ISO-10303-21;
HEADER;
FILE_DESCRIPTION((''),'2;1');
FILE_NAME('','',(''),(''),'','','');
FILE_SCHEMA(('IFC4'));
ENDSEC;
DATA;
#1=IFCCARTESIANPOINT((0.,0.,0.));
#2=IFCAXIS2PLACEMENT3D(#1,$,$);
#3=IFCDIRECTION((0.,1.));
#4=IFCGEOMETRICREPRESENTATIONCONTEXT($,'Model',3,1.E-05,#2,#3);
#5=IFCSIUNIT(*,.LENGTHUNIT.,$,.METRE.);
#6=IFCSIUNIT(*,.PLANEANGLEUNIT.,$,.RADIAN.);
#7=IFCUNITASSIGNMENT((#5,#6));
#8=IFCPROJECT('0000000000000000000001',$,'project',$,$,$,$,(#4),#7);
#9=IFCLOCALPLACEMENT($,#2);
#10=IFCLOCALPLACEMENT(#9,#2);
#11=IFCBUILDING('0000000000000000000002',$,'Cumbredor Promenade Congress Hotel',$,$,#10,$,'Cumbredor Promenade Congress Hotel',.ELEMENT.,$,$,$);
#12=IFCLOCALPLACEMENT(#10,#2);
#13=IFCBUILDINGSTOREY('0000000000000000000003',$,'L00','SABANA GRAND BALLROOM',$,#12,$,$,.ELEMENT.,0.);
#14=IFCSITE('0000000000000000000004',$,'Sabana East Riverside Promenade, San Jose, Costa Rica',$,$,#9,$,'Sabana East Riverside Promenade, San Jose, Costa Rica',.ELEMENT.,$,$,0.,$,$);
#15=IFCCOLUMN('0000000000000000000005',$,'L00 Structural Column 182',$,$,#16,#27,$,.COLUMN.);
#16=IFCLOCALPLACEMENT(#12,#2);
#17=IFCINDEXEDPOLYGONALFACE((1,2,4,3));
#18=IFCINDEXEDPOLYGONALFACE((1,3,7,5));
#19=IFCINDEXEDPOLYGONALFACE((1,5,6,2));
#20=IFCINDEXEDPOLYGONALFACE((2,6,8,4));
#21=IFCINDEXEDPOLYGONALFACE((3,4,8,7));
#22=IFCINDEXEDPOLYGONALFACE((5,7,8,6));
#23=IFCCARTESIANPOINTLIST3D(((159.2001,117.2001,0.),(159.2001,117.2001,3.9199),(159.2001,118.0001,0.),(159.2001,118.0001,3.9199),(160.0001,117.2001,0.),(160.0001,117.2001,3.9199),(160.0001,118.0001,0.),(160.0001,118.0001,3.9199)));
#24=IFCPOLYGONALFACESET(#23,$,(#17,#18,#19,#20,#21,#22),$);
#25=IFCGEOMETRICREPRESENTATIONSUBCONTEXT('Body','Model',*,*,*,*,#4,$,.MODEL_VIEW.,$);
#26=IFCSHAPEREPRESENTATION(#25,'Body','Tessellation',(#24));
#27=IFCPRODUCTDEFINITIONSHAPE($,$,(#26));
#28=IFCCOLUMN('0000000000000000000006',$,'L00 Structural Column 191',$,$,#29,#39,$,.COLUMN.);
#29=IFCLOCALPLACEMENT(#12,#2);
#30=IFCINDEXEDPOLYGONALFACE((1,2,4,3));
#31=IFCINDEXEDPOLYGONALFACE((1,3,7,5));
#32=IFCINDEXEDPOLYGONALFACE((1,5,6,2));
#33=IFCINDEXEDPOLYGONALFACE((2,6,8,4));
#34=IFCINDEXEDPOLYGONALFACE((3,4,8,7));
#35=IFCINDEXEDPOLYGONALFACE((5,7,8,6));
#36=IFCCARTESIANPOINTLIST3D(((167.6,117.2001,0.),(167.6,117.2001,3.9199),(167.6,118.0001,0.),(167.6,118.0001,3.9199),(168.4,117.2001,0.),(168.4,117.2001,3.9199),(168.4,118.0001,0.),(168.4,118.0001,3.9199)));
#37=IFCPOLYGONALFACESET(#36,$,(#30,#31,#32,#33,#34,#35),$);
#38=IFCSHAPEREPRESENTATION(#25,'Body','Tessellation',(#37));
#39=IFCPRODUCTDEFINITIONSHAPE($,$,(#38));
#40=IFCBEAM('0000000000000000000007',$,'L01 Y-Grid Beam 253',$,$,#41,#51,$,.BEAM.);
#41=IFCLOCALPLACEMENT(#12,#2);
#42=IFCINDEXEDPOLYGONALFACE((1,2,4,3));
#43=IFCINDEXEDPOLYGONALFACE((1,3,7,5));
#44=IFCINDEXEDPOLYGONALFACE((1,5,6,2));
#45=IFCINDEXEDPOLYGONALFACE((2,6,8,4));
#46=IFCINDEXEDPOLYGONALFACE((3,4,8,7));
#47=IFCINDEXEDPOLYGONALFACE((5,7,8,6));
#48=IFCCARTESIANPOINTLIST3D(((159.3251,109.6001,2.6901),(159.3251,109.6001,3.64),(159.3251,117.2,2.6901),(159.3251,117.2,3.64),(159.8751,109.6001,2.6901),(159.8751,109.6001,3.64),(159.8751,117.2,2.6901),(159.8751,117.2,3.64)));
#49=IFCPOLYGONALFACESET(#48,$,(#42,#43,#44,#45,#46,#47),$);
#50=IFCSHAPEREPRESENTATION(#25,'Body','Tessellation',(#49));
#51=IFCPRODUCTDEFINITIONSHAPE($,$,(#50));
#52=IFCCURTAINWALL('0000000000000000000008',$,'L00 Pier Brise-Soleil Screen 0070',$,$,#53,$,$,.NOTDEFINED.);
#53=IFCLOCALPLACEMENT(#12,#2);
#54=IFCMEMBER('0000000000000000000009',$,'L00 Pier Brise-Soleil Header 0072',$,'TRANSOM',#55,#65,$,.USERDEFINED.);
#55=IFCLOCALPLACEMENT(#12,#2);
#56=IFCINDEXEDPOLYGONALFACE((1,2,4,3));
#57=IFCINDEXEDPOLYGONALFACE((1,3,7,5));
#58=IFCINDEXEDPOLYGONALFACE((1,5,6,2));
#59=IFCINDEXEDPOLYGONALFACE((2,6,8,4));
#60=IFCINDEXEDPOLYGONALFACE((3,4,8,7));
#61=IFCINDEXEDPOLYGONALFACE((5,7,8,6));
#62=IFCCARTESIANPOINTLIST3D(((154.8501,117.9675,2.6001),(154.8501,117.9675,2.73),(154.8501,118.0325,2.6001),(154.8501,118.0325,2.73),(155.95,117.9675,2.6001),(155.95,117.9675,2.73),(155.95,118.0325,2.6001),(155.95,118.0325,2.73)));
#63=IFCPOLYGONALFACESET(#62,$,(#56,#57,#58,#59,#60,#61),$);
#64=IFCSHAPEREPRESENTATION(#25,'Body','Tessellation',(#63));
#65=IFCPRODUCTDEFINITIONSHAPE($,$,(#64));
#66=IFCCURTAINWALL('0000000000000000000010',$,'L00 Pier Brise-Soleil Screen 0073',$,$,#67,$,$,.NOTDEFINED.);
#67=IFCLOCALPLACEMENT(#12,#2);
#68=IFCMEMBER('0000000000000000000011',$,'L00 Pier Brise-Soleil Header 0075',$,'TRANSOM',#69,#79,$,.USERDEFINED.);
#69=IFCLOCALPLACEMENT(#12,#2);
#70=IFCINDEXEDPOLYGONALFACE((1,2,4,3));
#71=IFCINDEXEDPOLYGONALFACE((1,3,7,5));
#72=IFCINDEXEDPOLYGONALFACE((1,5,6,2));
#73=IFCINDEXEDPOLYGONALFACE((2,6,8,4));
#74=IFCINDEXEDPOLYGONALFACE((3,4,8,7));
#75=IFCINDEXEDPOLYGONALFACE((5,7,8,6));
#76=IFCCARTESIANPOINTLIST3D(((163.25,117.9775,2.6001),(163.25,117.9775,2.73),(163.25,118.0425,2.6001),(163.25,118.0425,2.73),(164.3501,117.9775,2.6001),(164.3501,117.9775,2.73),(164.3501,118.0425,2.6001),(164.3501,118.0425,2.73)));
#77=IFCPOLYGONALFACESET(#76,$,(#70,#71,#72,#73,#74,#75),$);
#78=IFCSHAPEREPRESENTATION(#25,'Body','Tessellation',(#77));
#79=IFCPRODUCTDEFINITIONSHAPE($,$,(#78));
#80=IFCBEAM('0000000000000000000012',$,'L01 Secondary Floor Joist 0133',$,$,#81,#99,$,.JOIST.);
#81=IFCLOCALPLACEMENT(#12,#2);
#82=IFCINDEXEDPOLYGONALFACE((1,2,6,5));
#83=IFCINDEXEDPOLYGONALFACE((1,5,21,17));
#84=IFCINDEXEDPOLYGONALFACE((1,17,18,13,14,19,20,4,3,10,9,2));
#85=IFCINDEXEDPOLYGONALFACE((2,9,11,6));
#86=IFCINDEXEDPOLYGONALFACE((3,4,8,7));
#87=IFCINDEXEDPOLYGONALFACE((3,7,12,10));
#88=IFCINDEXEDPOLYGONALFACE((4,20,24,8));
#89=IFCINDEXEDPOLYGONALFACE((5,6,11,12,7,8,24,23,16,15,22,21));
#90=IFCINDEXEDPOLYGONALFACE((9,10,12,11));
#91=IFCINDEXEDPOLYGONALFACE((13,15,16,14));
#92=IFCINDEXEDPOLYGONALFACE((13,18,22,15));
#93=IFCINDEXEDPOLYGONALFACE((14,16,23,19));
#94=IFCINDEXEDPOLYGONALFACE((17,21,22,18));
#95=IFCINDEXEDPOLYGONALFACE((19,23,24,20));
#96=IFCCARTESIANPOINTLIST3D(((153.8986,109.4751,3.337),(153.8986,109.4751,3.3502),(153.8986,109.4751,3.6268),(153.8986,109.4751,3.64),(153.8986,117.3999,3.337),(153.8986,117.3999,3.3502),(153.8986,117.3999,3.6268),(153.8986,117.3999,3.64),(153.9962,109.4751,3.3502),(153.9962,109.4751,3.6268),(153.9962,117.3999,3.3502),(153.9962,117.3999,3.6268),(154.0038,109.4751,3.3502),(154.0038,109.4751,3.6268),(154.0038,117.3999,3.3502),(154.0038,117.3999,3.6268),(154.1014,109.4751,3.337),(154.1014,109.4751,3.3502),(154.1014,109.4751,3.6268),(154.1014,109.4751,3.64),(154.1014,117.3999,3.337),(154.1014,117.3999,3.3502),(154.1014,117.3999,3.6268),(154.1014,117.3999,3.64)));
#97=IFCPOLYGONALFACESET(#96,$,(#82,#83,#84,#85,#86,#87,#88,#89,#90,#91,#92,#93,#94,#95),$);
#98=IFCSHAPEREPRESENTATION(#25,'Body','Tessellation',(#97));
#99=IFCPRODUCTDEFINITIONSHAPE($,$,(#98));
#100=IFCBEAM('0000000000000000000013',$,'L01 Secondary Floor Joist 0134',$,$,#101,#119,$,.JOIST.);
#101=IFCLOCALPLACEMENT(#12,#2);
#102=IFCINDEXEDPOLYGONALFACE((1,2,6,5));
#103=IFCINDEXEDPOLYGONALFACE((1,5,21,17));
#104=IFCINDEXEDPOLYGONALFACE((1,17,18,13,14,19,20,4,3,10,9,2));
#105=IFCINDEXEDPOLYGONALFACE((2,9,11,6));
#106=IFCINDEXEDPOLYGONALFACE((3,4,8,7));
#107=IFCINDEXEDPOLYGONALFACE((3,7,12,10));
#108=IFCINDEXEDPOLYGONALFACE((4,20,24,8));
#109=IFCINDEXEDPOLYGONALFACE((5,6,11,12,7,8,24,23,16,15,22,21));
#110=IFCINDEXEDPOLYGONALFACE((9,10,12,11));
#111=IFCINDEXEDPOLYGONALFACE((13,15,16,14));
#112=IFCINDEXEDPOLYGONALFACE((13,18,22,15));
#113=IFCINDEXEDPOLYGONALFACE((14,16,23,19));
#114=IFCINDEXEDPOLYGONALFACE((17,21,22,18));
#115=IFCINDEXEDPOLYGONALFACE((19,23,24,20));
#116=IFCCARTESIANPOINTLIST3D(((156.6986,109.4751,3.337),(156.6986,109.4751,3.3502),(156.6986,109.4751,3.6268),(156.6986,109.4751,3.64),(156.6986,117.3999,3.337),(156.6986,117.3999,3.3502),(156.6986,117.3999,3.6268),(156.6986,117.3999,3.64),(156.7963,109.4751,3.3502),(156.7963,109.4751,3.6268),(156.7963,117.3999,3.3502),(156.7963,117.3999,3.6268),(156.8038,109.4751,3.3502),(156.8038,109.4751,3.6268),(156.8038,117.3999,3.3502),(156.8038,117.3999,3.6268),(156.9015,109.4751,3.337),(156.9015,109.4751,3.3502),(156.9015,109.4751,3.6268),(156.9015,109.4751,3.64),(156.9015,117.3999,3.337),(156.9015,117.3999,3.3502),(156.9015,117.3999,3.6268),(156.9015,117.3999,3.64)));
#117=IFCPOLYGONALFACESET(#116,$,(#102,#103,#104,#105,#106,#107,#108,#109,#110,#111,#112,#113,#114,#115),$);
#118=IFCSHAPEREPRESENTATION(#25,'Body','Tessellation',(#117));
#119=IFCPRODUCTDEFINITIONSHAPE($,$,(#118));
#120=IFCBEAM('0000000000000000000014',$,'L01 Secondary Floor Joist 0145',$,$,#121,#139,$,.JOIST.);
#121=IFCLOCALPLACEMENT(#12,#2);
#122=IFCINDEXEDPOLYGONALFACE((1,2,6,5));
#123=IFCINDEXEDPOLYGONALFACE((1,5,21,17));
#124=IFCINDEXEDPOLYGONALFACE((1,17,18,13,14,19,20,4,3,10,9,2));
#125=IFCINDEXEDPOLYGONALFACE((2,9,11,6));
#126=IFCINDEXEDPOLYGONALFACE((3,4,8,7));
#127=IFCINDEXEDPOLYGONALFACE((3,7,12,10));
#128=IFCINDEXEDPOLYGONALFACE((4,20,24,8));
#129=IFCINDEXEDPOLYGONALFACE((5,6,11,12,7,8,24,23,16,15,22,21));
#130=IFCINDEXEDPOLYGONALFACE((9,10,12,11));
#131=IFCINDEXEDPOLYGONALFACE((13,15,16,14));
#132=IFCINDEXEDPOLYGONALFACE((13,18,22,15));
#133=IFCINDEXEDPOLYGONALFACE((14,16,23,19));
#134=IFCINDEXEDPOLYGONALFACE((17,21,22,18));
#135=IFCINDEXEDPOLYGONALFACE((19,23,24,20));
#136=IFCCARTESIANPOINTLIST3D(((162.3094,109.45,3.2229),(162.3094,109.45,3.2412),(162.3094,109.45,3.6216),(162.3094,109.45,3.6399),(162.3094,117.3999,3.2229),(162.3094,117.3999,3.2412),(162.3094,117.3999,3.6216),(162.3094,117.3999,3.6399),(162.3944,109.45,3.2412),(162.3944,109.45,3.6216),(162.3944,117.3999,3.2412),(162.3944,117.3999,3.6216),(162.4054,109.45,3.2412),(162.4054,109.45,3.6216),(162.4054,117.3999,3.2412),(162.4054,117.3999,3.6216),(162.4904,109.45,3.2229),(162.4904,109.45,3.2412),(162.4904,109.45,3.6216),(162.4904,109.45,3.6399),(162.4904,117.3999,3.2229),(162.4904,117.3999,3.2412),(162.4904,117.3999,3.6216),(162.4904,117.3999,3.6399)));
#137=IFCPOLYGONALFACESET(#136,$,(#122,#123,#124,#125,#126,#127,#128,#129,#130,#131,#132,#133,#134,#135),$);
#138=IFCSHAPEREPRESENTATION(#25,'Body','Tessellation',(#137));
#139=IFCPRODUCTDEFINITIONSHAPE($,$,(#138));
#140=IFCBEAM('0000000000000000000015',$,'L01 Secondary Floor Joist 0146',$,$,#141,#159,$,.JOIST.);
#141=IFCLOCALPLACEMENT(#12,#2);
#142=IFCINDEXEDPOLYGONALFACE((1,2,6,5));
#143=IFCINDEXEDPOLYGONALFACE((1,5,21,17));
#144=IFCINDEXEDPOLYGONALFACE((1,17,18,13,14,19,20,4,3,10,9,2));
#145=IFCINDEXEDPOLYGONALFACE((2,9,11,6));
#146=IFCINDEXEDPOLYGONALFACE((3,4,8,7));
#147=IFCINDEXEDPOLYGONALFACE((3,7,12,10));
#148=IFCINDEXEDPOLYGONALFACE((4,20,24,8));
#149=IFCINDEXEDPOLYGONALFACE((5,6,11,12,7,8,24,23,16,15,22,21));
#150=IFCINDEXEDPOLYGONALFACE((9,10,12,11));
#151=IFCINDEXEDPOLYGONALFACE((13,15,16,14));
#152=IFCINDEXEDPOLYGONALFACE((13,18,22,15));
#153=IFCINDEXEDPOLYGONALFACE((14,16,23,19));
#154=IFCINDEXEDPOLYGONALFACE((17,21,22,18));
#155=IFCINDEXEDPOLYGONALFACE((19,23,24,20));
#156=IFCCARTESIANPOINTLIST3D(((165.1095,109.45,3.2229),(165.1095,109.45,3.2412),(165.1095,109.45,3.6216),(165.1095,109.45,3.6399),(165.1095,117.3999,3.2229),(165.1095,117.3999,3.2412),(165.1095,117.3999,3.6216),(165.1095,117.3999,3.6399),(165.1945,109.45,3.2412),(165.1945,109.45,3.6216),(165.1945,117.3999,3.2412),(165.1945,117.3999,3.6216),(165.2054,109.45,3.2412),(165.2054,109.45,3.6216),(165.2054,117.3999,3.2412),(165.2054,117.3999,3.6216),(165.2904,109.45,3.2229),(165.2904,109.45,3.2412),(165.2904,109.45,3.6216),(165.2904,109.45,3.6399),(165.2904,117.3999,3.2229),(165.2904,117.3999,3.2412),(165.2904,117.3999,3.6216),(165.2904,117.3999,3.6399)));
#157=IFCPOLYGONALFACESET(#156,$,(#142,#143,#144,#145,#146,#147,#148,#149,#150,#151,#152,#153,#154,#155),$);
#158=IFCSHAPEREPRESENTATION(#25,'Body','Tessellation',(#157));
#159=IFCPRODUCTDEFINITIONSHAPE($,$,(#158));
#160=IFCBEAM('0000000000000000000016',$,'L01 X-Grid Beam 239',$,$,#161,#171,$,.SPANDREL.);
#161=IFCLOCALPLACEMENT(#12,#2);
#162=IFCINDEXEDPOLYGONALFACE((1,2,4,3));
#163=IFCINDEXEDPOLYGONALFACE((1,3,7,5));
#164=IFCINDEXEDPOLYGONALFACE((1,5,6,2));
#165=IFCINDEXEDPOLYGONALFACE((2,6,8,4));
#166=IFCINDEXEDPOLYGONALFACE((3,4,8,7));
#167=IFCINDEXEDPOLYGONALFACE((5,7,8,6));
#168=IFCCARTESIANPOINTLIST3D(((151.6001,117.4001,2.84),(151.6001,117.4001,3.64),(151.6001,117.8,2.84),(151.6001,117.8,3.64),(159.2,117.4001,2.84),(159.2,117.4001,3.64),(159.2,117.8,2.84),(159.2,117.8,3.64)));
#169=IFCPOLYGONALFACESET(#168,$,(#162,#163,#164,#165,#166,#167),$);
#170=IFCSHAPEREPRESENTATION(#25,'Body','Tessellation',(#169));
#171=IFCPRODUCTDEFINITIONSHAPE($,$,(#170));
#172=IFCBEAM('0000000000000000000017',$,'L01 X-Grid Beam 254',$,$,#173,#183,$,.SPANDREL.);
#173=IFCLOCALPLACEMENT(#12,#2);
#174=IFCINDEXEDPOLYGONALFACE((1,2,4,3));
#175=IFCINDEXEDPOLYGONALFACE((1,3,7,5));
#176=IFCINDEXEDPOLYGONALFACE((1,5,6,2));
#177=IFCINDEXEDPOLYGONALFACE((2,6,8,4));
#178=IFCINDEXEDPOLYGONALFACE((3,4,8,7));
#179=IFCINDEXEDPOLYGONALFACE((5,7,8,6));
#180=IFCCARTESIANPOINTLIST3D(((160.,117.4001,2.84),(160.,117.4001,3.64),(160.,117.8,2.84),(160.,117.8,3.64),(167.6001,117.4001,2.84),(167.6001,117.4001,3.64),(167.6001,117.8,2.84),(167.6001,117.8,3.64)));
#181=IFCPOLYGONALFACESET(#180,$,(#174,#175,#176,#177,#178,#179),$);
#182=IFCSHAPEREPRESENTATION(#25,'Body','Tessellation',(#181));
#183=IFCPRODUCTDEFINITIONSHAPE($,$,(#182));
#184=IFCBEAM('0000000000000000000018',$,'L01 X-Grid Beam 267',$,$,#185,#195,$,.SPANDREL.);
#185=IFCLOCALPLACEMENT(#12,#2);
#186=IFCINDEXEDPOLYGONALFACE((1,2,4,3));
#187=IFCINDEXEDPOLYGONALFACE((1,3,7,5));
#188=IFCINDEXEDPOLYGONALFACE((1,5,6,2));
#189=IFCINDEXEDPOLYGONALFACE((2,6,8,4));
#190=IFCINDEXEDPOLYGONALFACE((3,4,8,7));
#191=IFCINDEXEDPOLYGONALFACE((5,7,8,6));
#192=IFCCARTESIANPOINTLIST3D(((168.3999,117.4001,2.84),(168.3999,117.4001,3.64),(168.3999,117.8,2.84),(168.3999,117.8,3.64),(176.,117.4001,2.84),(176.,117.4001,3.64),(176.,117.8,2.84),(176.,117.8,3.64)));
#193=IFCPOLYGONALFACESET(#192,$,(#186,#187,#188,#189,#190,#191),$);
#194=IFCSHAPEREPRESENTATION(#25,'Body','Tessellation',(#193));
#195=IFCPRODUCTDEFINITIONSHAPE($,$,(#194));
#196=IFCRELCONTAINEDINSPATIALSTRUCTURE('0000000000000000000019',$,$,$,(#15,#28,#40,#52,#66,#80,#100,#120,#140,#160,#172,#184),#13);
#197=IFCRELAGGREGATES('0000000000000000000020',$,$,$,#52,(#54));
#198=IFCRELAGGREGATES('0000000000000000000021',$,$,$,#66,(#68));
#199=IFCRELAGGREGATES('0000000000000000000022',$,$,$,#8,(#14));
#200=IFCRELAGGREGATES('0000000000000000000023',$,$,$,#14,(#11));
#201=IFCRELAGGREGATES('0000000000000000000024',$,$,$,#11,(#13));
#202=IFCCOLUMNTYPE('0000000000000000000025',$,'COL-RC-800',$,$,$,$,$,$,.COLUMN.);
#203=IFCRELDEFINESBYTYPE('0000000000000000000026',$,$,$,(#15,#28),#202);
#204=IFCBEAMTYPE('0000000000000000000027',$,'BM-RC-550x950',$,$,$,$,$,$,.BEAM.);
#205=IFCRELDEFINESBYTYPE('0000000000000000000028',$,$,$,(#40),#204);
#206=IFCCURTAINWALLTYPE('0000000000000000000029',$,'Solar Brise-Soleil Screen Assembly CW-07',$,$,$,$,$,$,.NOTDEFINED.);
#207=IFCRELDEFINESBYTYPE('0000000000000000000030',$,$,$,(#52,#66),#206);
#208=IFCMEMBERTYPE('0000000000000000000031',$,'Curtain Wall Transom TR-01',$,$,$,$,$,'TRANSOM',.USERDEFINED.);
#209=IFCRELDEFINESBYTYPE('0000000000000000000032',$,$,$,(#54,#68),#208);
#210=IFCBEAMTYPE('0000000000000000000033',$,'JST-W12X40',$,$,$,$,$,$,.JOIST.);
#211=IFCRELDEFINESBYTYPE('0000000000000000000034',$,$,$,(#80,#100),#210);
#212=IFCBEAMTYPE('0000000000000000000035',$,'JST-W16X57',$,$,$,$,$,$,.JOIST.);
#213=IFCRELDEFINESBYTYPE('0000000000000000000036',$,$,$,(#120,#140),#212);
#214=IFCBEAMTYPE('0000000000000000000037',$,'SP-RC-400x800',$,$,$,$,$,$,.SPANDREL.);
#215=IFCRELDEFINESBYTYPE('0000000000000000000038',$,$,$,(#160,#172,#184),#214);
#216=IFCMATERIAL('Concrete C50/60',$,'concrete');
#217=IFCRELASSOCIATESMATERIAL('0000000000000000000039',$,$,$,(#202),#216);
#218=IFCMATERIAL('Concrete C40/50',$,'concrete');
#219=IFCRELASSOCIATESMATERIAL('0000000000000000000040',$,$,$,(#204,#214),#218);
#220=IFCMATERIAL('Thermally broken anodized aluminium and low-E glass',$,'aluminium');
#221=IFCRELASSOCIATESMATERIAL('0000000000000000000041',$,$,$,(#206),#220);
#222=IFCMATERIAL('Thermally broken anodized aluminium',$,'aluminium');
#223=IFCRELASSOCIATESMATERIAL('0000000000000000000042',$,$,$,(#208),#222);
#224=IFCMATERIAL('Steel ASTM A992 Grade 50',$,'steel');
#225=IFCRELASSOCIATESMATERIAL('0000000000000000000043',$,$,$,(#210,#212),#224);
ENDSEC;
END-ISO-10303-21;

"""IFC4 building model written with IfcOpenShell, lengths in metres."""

from ifc_helpers import new_model, si_unit, direction, frame, origin, origin_2d, place, context, subcontext, project, spatial, rectangle, i_section, extrude, material, material_profile, profile_set, type_object, element, aggregate, save


model = new_model("IFC4")

# Units and contexts
model_context = context("Model", 3, precision=1e-05, world=origin(), true_north=direction((0.0, 1.0)))
body_context = subcontext(model_context, "Body", "Model", "MODEL_VIEW")
ifc_project = project(units=[si_unit("LENGTHUNIT", "METRE"), si_unit("PLANEANGLEUNIT", "RADIAN")], contexts=[model_context])

# Site, building, storey
site_placement = place(None, origin())
site = spatial("IfcSite", under=ifc_project, at=site_placement, Name="Sabana East Riverside Promenade, San Jose, Costa Rica", LongName="Sabana East Riverside Promenade, San Jose, Costa Rica", CompositionType="ELEMENT", RefElevation=0.0)
building_placement = place(site_placement, origin())
building = spatial("IfcBuilding", under=site, at=building_placement, Name="Cumbredor Promenade Congress Hotel", LongName="Cumbredor Promenade Congress Hotel", CompositionType="ELEMENT")
storey_placement = place(building_placement, origin())
storey = spatial("IfcBuildingStorey", under=building, at=storey_placement, Name="L00", Description="SABANA GRAND BALLROOM", CompositionType="ELEMENT", Elevation=0.0)

# Columns
ifc_material_1 = material(Name="Concrete C50/60", Category="concrete")
ifc_material_profile_1 = material_profile(ifc_material_1, rectangle(XDim=0.8, YDim=0.8, at=origin_2d()), Name="RC 800x800")
ifc_profile_set_1 = profile_set([ifc_material_profile_1], Name="Concrete C50/60")
column_type = type_object("IfcColumnType", Name="COL-RC-800", PredefinedType="COLUMN", material=ifc_profile_set_1)
for number, where, z_axis, x_axis, name in (
    (1, (159.6001, 117.6001, 0.0), (0.0, 0.0, 1.0), (1.0, 0.0, 0.0), "L00 Structural Column 182"),
    (2, (168.0, 117.6001, 0.0), (0.0, 0.0, 1.0), (1.0, 0.0, 0.0), "L00 Structural Column 191"),
):
    element("IfcColumn", number, at=place(storey_placement, frame(where, z_axis=z_axis, x_axis=x_axis)), inside=storey, type_object=column_type, Name=name, PredefinedType="COLUMN", context=body_context, shape_type="SweptSolid", body=[
        extrude(rectangle(XDim=0.8, YDim=0.8, at=origin_2d()), origin(), (0.0, 0.0, 1.0), 3.9199),
    ])

# Beam
ifc_material_2 = material(Name="Concrete C40/50", Category="concrete")
ifc_material_profile_2 = material_profile(ifc_material_2, rectangle(XDim=0.55, YDim=0.95, at=origin_2d()), Name="RC BEAM 550x950")
ifc_profile_set_2 = profile_set([ifc_material_profile_2], Name="Concrete C40/50")
beam_type_1 = type_object("IfcBeamType", Name="BM-RC-550x950", PredefinedType="BEAM", material=ifc_profile_set_2)
beam_1_placement = place(storey_placement, frame((159.6001, 109.6001, 3.165), z_axis=(0.0, 1.0, 0.0), x_axis=(-1.0, 0.0, 0.0)))
element("IfcBeam", 3, at=beam_1_placement, inside=storey, type_object=beam_type_1, Name="L01 Y-Grid Beam 253", PredefinedType="BEAM", context=body_context, shape_type="SweptSolid", body=[
    extrude(rectangle(XDim=0.55, YDim=0.95, at=origin_2d()), origin(), (0.0, 0.0, 1.0), 7.5999),
])

# Curtain walls, members
ifc_material_3 = material(Name="Thermally broken anodized aluminium and low-E glass", Category="aluminium")
curtain_wall_type = type_object("IfcCurtainWallType", Name="Solar Brise-Soleil Screen Assembly CW-07", PredefinedType="NOTDEFINED", material=ifc_material_3)
curtain_wall_1_placement = place(storey_placement, origin())
curtain_wall_1 = element("IfcCurtainWall", 4, at=curtain_wall_1_placement, inside=storey, type_object=curtain_wall_type, Name="L00 Pier Brise-Soleil Screen 0070", PredefinedType="NOTDEFINED")
ifc_material_4 = material(Name="Thermally broken anodized aluminium", Category="aluminium")
ifc_material_profile_3 = material_profile(ifc_material_4, rectangle(XDim=0.0649, YDim=0.1299, at=origin_2d()), Name="ALU TRANSOM 65x130")
ifc_profile_set_3 = profile_set([ifc_material_profile_3], Name="Thermally broken anodized aluminium")
member_type_1 = type_object("IfcMemberType", Name="Curtain Wall Transom TR-01", ElementType="TRANSOM", PredefinedType="USERDEFINED", material=ifc_profile_set_3)
member_1_placement = place(storey_placement, frame((154.8501, 118.0, 2.665), z_axis=(1.0, 0.0, 0.0), x_axis=(0.0, 1.0, 0.0)))
member_1 = element("IfcMember", 5, at=member_1_placement, type_object=member_type_1, Name="L00 Pier Brise-Soleil Header 0072", ObjectType="TRANSOM", PredefinedType="USERDEFINED", context=body_context, shape_type="SweptSolid", body=[
    extrude(rectangle(XDim=0.0649, YDim=0.1299, at=origin_2d()), origin(), (0.0, 0.0, 1.0), 1.0999),
])
curtain_wall_2_placement = place(storey_placement, origin())
curtain_wall_2 = element("IfcCurtainWall", 6, at=curtain_wall_2_placement, inside=storey, type_object=curtain_wall_type, Name="L00 Pier Brise-Soleil Screen 0073", PredefinedType="NOTDEFINED")
member_2_placement = place(storey_placement, frame((163.25, 118.01, 2.665), z_axis=(1.0, 0.0, 0.0), x_axis=(0.0, 1.0, 0.0)))
member_2 = element("IfcMember", 7, at=member_2_placement, type_object=member_type_1, Name="L00 Pier Brise-Soleil Header 0075", ObjectType="TRANSOM", PredefinedType="USERDEFINED", context=body_context, shape_type="SweptSolid", body=[
    extrude(rectangle(XDim=0.0649, YDim=0.1299, at=origin_2d()), origin(), (0.0, 0.0, 1.0), 1.1001),
])

# Beams
ifc_material_5 = material(Name="Steel ASTM A992 Grade 50", Category="steel")
ifc_material_profile_4 = material_profile(ifc_material_5, i_section(OverallWidth=0.2029, OverallDepth=0.303, WebThickness=0.0076, FlangeThickness=0.0132, at=origin_2d()), Name="W12X40")
ifc_profile_set_4 = profile_set([ifc_material_profile_4], Name="Steel ASTM A992 Grade 50")
beam_type_2 = type_object("IfcBeamType", Name="JST-W12X40", PredefinedType="JOIST", material=ifc_profile_set_4)
for number, where, z_axis, x_axis, name in (
    (8, (154.0, 109.4751, 3.4885), (0.0, 1.0, 0.0), (-1.0, 0.0, 0.0), "L01 Secondary Floor Joist 0133"),
    (9, (156.8, 109.4751, 3.4885), (0.0, 1.0, 0.0), (-1.0, 0.0, 0.0), "L01 Secondary Floor Joist 0134"),
):
    element("IfcBeam", number, at=place(storey_placement, frame(where, z_axis=z_axis, x_axis=x_axis)), inside=storey, type_object=beam_type_2, Name=name, PredefinedType="JOIST", context=body_context, shape_type="SweptSolid", body=[
        extrude(i_section(OverallWidth=0.2029, OverallDepth=0.303, WebThickness=0.0076, FlangeThickness=0.0132, at=origin_2d()), origin(), (0.0, 0.0, 1.0), 7.9248),
    ])
ifc_material_profile_5 = material_profile(ifc_material_5, i_section(OverallWidth=0.1809, OverallDepth=0.417, WebThickness=0.011, FlangeThickness=0.0183, at=origin_2d()), Name="W16X57")
ifc_profile_set_5 = profile_set([ifc_material_profile_5], Name="Steel ASTM A992 Grade 50")
beam_type_3 = type_object("IfcBeamType", Name="JST-W16X57", PredefinedType="JOIST", material=ifc_profile_set_5)
for number, where, z_axis, x_axis, name in (
    (10, (162.3999, 109.45, 3.4314), (0.0, 1.0, 0.0), (-1.0, 0.0, 0.0), "L01 Secondary Floor Joist 0145"),
    (11, (165.2, 109.45, 3.4314), (0.0, 1.0, 0.0), (-1.0, 0.0, 0.0), "L01 Secondary Floor Joist 0146"),
):
    element("IfcBeam", number, at=place(storey_placement, frame(where, z_axis=z_axis, x_axis=x_axis)), inside=storey, type_object=beam_type_3, Name=name, PredefinedType="JOIST", context=body_context, shape_type="SweptSolid", body=[
        extrude(i_section(OverallWidth=0.1809, OverallDepth=0.417, WebThickness=0.011, FlangeThickness=0.0183, at=origin_2d()), origin(), (0.0, 0.0, 1.0), 7.95),
    ])
ifc_material_profile_6 = material_profile(ifc_material_2, rectangle(XDim=0.3999, YDim=0.8, at=origin_2d()), Name="RC SPANDREL 400x800")
ifc_profile_set_6 = profile_set([ifc_material_profile_6], Name="Concrete C40/50")
beam_type_4 = type_object("IfcBeamType", Name="SP-RC-400x800", PredefinedType="SPANDREL", material=ifc_profile_set_6)
beam_2_placement = place(storey_placement, frame((151.6001, 117.6001, 3.24), z_axis=(1.0, 0.0, 0.0), x_axis=(0.0, 1.0, 0.0)))
element("IfcBeam", 12, at=beam_2_placement, inside=storey, type_object=beam_type_4, Name="L01 X-Grid Beam 239", PredefinedType="SPANDREL", context=body_context, shape_type="SweptSolid", body=[
    extrude(rectangle(XDim=0.3999, YDim=0.8, at=origin_2d()), origin(), (0.0, 0.0, 1.0), 7.5999),
])
for number, where, z_axis, x_axis, name in (
    (13, (160.0, 117.6001, 3.24), (1.0, 0.0, 0.0), (0.0, 1.0, 0.0), "L01 X-Grid Beam 254"),
    (14, (168.3999, 117.6001, 3.24), (1.0, 0.0, 0.0), (0.0, 1.0, 0.0), "L01 X-Grid Beam 267"),
):
    element("IfcBeam", number, at=place(storey_placement, frame(where, z_axis=z_axis, x_axis=x_axis)), inside=storey, type_object=beam_type_4, Name=name, PredefinedType="SPANDREL", context=body_context, shape_type="SweptSolid", body=[
        extrude(rectangle(XDim=0.3999, YDim=0.8, at=origin_2d()), origin(), (0.0, 0.0, 1.0), 7.6001),
    ])

aggregate(curtain_wall_1, [member_1])
aggregate(curtain_wall_2, [member_2])

save(model, "model.ifc")
